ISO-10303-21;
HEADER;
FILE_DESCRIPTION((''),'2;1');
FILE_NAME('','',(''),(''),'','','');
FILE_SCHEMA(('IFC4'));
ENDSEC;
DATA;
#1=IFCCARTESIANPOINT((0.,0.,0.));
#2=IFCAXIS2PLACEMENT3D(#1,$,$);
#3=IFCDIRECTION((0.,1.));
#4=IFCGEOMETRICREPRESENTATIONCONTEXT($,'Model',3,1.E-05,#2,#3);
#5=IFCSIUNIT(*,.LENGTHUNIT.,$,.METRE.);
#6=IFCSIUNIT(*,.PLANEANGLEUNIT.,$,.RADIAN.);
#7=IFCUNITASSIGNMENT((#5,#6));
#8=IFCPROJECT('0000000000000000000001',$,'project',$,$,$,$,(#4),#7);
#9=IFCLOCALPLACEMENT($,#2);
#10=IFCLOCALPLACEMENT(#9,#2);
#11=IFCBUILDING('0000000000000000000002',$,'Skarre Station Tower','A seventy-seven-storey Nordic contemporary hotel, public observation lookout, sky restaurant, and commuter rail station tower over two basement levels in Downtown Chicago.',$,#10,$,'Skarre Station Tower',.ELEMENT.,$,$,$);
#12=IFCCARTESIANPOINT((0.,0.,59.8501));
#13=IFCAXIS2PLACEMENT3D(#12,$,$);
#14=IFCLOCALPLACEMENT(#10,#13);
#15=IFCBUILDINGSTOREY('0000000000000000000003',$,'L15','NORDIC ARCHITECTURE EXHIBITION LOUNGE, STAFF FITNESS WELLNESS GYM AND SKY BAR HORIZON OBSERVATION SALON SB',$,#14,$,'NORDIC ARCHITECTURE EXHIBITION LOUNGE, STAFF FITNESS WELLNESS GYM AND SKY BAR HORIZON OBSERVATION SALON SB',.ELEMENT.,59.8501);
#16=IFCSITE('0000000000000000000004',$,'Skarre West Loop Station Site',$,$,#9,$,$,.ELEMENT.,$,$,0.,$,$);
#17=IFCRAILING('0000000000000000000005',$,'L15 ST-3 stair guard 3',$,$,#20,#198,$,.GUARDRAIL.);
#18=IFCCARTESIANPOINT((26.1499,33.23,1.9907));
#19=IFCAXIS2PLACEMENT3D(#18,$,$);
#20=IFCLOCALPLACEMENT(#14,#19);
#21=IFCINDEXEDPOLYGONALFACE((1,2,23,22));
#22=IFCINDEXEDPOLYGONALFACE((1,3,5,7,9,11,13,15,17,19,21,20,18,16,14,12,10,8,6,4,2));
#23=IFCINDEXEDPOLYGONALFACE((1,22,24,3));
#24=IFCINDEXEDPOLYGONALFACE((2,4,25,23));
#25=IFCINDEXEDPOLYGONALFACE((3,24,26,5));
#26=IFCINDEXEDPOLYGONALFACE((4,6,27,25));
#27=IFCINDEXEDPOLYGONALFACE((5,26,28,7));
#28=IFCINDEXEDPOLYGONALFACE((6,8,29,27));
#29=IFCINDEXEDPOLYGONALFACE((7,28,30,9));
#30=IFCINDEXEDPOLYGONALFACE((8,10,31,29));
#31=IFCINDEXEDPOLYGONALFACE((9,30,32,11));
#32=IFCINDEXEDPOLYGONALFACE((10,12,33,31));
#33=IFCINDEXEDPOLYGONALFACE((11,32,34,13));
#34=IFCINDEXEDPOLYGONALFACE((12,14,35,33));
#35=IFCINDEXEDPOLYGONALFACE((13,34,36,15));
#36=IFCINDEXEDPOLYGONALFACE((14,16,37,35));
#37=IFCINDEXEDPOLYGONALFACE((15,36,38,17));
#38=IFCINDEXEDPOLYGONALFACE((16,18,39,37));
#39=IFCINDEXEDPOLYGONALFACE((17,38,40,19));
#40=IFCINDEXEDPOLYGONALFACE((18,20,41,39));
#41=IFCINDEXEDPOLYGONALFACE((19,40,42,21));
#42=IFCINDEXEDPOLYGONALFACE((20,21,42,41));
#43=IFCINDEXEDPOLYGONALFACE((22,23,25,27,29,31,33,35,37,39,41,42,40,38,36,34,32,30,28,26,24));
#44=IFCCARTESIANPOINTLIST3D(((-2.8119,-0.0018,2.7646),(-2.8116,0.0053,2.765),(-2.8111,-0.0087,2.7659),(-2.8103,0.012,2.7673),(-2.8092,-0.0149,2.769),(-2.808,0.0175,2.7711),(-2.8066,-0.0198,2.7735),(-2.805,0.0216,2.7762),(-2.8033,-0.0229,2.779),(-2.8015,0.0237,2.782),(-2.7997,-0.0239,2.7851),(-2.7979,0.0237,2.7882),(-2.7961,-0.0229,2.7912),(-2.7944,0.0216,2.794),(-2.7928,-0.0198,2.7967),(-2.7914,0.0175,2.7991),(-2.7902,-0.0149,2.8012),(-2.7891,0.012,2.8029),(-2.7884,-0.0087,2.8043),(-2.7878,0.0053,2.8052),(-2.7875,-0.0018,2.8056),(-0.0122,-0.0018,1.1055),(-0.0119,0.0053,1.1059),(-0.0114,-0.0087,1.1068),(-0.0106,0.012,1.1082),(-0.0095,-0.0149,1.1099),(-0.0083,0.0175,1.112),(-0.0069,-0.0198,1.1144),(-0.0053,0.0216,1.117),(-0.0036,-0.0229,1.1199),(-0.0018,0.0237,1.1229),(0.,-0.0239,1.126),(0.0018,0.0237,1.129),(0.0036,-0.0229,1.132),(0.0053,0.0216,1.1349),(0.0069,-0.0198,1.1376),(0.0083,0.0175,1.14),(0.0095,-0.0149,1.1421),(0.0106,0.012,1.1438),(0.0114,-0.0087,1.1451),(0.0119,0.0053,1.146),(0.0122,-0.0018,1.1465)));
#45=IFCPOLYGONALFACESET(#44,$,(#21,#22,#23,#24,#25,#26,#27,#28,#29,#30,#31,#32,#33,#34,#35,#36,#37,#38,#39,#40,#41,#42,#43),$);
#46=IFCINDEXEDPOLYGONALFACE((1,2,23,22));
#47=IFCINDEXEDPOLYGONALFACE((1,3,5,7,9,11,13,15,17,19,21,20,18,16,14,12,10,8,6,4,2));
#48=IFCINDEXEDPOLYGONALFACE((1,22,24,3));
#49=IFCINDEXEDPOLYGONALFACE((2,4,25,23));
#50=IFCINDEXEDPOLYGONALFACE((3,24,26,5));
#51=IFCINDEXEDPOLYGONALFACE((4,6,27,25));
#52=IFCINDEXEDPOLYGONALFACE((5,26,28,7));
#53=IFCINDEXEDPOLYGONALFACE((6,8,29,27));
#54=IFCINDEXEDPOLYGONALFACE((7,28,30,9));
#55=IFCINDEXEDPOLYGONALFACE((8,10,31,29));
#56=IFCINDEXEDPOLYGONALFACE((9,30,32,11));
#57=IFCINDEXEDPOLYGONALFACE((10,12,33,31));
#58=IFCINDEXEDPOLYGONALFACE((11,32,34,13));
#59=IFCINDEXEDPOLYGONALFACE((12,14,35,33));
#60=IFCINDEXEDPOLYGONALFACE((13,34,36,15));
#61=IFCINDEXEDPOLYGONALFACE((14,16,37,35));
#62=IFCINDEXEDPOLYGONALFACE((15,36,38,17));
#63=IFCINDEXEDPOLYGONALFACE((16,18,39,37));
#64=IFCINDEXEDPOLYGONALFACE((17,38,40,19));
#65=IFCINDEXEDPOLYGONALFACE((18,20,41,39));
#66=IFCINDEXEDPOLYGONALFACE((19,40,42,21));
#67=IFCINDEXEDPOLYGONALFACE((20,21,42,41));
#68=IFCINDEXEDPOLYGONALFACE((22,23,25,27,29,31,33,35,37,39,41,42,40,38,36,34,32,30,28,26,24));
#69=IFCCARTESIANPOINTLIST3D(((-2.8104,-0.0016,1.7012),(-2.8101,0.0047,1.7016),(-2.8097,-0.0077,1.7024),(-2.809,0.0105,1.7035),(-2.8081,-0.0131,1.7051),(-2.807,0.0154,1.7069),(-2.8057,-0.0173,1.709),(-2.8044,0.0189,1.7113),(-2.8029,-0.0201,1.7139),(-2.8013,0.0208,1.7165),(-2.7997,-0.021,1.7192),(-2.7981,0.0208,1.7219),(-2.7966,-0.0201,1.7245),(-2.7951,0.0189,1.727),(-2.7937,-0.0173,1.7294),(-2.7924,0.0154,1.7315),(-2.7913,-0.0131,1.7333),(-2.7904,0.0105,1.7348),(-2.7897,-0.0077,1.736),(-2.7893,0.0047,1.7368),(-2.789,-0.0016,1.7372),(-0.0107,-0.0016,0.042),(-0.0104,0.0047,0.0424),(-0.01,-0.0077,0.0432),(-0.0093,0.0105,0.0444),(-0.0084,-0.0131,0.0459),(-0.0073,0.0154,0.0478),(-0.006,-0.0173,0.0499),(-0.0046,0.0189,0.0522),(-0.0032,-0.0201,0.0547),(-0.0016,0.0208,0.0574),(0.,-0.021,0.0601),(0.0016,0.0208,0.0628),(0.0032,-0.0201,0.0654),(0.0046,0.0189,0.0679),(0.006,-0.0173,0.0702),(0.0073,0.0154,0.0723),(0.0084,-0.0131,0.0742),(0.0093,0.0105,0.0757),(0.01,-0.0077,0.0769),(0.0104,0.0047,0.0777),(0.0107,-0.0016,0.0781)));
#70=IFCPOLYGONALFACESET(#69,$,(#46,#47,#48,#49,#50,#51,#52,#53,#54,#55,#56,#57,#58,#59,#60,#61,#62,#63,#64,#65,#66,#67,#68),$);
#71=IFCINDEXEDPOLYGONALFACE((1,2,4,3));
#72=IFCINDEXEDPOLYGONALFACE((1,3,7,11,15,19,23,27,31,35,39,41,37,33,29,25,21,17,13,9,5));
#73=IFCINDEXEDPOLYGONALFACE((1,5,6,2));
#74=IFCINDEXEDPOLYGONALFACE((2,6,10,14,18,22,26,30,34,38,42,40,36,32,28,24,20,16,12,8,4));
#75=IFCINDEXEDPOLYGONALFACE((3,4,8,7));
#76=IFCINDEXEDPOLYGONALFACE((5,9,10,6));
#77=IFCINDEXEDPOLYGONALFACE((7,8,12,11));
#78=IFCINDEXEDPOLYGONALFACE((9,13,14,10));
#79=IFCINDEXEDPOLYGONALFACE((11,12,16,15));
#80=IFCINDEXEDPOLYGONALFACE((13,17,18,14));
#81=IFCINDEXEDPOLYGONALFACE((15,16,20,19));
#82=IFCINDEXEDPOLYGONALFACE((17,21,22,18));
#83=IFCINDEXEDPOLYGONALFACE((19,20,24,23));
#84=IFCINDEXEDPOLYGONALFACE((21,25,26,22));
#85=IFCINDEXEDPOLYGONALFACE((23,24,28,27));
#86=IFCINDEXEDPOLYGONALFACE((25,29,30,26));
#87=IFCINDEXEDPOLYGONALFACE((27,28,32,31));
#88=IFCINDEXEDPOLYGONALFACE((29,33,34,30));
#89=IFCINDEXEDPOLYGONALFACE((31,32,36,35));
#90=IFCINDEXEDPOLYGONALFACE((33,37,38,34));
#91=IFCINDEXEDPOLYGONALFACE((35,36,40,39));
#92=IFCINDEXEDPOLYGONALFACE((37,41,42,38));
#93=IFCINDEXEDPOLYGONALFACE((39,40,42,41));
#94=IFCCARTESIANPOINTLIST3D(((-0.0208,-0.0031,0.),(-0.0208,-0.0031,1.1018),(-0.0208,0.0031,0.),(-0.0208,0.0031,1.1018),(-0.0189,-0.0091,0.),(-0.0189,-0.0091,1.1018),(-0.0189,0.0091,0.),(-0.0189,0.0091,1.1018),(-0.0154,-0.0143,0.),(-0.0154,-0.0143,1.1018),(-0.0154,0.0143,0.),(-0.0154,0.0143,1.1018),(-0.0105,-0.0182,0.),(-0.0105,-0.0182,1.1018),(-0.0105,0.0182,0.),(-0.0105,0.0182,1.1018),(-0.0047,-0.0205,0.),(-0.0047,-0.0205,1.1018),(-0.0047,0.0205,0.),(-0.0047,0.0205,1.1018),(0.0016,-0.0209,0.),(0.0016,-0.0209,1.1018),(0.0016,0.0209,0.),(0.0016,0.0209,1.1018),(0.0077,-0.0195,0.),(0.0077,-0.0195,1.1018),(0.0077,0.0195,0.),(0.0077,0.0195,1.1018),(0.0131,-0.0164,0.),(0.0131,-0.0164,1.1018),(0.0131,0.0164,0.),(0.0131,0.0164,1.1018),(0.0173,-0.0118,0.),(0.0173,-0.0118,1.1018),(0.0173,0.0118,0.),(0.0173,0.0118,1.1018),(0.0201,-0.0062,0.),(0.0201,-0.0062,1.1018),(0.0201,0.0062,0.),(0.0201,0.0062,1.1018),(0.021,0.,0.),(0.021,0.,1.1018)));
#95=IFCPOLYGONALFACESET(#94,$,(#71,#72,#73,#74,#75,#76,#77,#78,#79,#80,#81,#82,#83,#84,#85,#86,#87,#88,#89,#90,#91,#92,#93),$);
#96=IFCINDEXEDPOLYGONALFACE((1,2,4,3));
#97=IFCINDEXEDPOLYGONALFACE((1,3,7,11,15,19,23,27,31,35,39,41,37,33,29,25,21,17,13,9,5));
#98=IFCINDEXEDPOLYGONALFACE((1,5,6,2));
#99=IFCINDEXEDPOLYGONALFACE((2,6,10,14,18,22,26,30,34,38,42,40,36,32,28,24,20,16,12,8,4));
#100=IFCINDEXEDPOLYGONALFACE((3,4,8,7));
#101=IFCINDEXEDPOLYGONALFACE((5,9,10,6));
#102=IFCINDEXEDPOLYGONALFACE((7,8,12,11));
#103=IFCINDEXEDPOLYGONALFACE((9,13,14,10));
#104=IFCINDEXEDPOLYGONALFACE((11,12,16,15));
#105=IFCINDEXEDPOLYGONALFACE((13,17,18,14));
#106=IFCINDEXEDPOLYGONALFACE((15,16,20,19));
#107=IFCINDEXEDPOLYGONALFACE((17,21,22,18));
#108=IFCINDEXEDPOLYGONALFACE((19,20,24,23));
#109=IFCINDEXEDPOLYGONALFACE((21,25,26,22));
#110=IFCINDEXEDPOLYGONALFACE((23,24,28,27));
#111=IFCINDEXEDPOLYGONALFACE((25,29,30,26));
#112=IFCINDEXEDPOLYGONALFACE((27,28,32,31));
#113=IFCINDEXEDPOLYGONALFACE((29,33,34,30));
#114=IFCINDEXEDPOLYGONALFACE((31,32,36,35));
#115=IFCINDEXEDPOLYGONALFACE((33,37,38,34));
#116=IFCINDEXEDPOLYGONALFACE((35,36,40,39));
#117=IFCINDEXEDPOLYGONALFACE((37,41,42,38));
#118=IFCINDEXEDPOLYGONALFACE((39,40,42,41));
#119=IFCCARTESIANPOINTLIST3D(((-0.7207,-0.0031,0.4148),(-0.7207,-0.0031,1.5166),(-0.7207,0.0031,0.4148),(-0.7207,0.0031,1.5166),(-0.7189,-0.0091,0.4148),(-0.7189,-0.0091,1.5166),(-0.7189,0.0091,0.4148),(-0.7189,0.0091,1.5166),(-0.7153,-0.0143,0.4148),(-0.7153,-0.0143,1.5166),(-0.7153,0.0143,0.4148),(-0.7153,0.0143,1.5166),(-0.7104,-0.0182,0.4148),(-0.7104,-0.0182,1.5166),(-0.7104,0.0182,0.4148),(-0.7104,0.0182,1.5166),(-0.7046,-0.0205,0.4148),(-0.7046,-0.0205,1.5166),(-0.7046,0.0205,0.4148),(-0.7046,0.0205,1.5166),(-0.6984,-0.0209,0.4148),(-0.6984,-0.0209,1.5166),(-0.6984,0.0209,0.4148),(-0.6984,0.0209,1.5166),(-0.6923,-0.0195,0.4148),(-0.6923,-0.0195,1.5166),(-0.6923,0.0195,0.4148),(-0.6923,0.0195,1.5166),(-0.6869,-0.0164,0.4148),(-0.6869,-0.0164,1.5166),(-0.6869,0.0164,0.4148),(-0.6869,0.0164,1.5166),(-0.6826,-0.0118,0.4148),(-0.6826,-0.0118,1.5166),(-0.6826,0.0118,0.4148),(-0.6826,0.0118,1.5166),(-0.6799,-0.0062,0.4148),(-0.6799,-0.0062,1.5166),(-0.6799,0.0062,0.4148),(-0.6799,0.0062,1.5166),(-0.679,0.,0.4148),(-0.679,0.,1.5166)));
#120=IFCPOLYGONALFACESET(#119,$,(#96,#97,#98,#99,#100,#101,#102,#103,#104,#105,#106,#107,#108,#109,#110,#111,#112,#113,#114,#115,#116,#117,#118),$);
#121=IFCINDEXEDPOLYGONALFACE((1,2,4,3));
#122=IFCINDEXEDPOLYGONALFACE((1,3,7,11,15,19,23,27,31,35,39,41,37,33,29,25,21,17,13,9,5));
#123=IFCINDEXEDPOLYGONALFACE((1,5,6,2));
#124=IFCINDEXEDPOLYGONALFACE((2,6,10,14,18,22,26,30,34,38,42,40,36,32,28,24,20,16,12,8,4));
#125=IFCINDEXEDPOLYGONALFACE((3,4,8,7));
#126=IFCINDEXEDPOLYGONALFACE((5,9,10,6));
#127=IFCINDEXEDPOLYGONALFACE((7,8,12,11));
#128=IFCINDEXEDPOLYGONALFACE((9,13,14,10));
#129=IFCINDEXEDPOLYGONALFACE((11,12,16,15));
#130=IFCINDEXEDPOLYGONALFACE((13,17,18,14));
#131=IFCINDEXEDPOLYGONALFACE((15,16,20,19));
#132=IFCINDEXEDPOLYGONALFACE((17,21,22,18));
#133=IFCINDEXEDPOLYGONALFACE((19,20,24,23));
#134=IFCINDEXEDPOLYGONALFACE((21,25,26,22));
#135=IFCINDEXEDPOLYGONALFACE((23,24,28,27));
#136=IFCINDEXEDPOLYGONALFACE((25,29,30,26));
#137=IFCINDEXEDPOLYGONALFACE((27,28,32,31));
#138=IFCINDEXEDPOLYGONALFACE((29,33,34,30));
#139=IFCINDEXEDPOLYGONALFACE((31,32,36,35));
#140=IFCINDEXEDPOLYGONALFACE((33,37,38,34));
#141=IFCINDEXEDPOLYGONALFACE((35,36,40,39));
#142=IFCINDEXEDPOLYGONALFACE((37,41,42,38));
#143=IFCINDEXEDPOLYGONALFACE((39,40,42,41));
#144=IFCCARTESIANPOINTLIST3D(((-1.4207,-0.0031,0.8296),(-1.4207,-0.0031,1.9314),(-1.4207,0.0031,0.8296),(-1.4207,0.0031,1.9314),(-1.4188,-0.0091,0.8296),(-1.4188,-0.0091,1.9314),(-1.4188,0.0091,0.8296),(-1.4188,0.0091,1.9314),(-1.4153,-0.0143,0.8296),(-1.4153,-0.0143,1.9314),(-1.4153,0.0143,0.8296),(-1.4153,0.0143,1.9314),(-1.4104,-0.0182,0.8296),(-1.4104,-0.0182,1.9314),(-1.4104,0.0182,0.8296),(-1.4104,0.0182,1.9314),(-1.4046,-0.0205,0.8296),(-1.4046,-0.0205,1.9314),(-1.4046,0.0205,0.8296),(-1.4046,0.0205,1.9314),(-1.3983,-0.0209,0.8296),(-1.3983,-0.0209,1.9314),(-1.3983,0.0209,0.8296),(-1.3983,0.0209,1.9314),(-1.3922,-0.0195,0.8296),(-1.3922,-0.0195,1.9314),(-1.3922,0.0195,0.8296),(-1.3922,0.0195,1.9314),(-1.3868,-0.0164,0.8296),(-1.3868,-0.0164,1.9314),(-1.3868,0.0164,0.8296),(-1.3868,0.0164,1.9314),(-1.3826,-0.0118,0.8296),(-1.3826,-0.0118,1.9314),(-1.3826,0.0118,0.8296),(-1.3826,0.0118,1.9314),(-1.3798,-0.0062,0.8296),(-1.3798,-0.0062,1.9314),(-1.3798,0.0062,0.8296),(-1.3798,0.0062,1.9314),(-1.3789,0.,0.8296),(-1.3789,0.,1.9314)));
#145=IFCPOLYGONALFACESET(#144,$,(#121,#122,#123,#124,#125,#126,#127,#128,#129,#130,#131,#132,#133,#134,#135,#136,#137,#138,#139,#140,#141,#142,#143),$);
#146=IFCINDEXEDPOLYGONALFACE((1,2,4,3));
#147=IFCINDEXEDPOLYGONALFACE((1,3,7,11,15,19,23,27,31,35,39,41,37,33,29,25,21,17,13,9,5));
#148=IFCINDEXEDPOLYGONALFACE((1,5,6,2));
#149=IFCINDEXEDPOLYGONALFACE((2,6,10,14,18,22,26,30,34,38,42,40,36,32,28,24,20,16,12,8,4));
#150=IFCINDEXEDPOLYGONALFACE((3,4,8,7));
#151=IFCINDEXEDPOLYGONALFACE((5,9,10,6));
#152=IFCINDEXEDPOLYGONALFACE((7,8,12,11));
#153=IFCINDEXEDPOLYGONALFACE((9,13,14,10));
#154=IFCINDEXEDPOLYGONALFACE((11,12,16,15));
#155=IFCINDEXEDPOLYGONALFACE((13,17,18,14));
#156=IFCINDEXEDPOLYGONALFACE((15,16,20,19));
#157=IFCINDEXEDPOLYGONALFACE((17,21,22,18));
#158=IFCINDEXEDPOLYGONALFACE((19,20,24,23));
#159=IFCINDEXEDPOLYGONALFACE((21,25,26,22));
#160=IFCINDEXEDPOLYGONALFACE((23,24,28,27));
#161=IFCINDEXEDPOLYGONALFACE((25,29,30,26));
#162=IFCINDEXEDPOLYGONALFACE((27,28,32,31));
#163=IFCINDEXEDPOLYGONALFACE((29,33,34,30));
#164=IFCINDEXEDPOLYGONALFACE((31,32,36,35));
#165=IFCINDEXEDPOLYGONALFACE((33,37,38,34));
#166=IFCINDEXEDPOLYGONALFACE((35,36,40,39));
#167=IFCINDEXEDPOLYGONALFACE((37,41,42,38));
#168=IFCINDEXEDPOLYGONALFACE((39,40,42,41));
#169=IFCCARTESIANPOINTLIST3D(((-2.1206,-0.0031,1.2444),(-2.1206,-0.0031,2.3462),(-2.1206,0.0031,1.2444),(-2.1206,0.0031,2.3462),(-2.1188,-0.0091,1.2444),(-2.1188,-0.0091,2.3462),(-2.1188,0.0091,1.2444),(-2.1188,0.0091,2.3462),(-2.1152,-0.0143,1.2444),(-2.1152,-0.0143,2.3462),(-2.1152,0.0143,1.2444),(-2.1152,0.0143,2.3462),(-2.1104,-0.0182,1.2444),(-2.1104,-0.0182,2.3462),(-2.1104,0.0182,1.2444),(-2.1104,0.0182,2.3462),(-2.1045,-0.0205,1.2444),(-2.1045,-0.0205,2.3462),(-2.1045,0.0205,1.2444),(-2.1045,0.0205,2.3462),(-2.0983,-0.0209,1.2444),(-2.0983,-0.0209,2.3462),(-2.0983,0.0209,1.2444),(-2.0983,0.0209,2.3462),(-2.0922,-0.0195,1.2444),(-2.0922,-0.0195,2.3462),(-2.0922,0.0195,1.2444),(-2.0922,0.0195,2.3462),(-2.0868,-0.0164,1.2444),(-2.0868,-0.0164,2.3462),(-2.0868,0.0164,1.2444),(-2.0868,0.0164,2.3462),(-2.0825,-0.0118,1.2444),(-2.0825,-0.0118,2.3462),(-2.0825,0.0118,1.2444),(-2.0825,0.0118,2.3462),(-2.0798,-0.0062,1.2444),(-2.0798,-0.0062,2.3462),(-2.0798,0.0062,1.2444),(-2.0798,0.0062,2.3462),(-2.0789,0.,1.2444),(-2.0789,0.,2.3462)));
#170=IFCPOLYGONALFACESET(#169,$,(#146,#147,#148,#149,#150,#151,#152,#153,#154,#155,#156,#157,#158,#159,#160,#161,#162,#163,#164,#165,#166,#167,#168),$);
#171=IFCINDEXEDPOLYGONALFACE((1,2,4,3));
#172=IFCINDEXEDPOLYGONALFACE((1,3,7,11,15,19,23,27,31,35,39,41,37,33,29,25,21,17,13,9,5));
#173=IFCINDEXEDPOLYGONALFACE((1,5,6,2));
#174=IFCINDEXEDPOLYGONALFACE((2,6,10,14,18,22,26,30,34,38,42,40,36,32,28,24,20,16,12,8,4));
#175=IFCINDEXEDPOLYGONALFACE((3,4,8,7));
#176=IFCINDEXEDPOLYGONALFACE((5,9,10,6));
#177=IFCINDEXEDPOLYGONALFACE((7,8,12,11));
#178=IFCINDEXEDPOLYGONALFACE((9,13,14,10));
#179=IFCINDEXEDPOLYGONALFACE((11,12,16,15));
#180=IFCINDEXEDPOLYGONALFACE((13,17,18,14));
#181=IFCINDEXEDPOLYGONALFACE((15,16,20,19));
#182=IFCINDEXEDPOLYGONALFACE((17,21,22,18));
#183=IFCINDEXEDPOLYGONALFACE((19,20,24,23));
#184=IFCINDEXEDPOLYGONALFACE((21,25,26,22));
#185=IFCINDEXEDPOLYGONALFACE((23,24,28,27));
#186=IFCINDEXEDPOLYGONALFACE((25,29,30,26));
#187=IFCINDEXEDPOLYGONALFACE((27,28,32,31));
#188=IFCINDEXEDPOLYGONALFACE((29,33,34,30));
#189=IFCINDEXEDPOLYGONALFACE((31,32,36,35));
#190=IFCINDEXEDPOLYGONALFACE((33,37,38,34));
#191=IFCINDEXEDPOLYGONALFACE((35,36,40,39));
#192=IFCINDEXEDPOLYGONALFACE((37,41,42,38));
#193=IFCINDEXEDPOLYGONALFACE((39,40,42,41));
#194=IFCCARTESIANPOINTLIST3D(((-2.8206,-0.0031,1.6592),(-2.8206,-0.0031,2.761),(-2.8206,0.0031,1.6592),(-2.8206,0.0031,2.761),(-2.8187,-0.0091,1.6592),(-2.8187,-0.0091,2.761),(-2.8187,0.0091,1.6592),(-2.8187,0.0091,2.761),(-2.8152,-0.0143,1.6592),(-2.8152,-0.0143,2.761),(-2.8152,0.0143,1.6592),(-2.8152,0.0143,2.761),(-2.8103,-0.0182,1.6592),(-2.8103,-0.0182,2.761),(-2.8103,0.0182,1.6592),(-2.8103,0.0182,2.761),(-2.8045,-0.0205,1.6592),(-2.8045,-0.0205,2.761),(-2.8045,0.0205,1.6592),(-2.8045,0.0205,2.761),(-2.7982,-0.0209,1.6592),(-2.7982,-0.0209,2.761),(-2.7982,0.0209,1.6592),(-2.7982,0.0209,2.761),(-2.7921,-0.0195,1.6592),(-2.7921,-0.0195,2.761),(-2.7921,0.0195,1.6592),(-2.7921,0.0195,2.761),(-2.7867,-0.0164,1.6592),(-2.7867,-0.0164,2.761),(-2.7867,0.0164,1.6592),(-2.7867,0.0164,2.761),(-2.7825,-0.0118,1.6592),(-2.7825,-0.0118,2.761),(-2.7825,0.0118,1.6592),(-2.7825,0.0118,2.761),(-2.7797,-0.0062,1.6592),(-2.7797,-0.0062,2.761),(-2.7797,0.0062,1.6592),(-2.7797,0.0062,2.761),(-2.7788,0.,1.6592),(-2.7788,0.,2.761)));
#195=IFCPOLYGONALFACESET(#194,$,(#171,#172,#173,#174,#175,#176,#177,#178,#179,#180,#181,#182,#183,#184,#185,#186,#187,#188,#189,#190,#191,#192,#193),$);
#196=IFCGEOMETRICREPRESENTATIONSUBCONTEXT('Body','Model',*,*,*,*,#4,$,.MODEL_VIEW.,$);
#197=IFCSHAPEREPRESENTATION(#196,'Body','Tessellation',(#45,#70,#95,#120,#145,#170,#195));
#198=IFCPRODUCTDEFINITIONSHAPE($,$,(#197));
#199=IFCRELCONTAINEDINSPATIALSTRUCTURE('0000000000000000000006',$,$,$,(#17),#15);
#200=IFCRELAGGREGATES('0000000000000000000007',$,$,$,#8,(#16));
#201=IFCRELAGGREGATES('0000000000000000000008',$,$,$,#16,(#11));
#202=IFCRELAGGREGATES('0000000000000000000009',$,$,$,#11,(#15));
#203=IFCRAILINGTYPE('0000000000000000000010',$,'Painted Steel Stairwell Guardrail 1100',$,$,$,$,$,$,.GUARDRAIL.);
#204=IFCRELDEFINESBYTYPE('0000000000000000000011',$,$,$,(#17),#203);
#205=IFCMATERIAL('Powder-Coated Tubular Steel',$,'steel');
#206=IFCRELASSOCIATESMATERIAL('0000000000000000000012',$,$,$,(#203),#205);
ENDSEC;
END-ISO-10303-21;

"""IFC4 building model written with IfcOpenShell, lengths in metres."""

from ifc_helpers import new_model, si_unit, direction, frame, origin, origin_2d, place, context, subcontext, project, spatial, circle, extrude, material, type_object, element, save


model = new_model("IFC4")

# Units and contexts
model_context = context("Model", 3, precision=1e-05, world=origin(), true_north=direction((0.0, 1.0)))
body_context = subcontext(model_context, "Body", "Model", "MODEL_VIEW")
ifc_project = project(units=[si_unit("LENGTHUNIT", "METRE"), si_unit("PLANEANGLEUNIT", "RADIAN")], contexts=[model_context])

# Site, building, storey
site_placement = place(None, origin())
site = spatial("IfcSite", under=ifc_project, at=site_placement, Name="Skarre West Loop Station Site", CompositionType="ELEMENT", RefElevation=0.0)
building_placement = place(site_placement, origin())
building = spatial("IfcBuilding", under=site, at=building_placement, Name="Skarre Station Tower", Description="A seventy-seven-storey Nordic contemporary hotel, public observation lookout, sky restaurant, and commuter rail station tower over two basement levels in Downtown Chicago.", LongName="Skarre Station Tower", CompositionType="ELEMENT")
storey_placement = place(building_placement, frame((0.0, 0.0, 59.8501)))
storey = spatial("IfcBuildingStorey", under=building, at=storey_placement, Name="L15", Description="NORDIC ARCHITECTURE EXHIBITION LOUNGE, STAFF FITNESS WELLNESS GYM AND SKY BAR HORIZON OBSERVATION SALON SB", LongName="NORDIC ARCHITECTURE EXHIBITION LOUNGE, STAFF FITNESS WELLNESS GYM AND SKY BAR HORIZON OBSERVATION SALON SB", CompositionType="ELEMENT", Elevation=59.8501)

# Railing
ifc_material_1 = material(Name="Powder-Coated Tubular Steel", Category="steel")
railing_type_1 = type_object("IfcRailingType", Name="Painted Steel Stairwell Guardrail 1100", PredefinedType="GUARDRAIL", material=ifc_material_1)
railing_1_placement = place(storey_placement, frame((26.1499, 33.23, 1.9907)))
element("IfcRailing", 1, at=railing_1_placement, inside=storey, type_object=railing_type_1, Name="L15 ST-3 stair guard 3", PredefinedType="GUARDRAIL", context=body_context, shape_type="SweptSolid", body=[
    extrude(circle(Radius=0.0239, at=origin_2d()), frame((0.0, 0.0, 1.126), z_axis=(-0.860287, 0.0, 0.509811), x_axis=(0.0, -1.0, 0.0)), (0.0, 0.0, 1.0), 3.2544),
    extrude(circle(Radius=0.021, at=origin_2d()), frame((0.0, 0.0, 0.0601), z_axis=(-0.860287, 0.0, 0.509811), x_axis=(0.0, -1.0, 0.0)), (0.0, 0.0, 1.0), 3.2544),
    extrude(circle(Radius=0.021, at=origin_2d()), origin(), (0.0, 0.0, 1.0), 1.1018),
    extrude(circle(Radius=0.021, at=origin_2d()), frame((-0.7, 0.0, 0.4148)), (0.0, 0.0, 1.0), 1.1018),
    extrude(circle(Radius=0.021, at=origin_2d()), frame((-1.3999, 0.0, 0.8296)), (0.0, 0.0, 1.0), 1.1018),
    extrude(circle(Radius=0.021, at=origin_2d()), frame((-2.0999, 0.0, 1.2444)), (0.0, 0.0, 1.0), 1.1018),
    extrude(circle(Radius=0.021, at=origin_2d()), frame((-2.7998, 0.0, 1.6592)), (0.0, 0.0, 1.0), 1.1018),
])

save(model, "model.ifc")
